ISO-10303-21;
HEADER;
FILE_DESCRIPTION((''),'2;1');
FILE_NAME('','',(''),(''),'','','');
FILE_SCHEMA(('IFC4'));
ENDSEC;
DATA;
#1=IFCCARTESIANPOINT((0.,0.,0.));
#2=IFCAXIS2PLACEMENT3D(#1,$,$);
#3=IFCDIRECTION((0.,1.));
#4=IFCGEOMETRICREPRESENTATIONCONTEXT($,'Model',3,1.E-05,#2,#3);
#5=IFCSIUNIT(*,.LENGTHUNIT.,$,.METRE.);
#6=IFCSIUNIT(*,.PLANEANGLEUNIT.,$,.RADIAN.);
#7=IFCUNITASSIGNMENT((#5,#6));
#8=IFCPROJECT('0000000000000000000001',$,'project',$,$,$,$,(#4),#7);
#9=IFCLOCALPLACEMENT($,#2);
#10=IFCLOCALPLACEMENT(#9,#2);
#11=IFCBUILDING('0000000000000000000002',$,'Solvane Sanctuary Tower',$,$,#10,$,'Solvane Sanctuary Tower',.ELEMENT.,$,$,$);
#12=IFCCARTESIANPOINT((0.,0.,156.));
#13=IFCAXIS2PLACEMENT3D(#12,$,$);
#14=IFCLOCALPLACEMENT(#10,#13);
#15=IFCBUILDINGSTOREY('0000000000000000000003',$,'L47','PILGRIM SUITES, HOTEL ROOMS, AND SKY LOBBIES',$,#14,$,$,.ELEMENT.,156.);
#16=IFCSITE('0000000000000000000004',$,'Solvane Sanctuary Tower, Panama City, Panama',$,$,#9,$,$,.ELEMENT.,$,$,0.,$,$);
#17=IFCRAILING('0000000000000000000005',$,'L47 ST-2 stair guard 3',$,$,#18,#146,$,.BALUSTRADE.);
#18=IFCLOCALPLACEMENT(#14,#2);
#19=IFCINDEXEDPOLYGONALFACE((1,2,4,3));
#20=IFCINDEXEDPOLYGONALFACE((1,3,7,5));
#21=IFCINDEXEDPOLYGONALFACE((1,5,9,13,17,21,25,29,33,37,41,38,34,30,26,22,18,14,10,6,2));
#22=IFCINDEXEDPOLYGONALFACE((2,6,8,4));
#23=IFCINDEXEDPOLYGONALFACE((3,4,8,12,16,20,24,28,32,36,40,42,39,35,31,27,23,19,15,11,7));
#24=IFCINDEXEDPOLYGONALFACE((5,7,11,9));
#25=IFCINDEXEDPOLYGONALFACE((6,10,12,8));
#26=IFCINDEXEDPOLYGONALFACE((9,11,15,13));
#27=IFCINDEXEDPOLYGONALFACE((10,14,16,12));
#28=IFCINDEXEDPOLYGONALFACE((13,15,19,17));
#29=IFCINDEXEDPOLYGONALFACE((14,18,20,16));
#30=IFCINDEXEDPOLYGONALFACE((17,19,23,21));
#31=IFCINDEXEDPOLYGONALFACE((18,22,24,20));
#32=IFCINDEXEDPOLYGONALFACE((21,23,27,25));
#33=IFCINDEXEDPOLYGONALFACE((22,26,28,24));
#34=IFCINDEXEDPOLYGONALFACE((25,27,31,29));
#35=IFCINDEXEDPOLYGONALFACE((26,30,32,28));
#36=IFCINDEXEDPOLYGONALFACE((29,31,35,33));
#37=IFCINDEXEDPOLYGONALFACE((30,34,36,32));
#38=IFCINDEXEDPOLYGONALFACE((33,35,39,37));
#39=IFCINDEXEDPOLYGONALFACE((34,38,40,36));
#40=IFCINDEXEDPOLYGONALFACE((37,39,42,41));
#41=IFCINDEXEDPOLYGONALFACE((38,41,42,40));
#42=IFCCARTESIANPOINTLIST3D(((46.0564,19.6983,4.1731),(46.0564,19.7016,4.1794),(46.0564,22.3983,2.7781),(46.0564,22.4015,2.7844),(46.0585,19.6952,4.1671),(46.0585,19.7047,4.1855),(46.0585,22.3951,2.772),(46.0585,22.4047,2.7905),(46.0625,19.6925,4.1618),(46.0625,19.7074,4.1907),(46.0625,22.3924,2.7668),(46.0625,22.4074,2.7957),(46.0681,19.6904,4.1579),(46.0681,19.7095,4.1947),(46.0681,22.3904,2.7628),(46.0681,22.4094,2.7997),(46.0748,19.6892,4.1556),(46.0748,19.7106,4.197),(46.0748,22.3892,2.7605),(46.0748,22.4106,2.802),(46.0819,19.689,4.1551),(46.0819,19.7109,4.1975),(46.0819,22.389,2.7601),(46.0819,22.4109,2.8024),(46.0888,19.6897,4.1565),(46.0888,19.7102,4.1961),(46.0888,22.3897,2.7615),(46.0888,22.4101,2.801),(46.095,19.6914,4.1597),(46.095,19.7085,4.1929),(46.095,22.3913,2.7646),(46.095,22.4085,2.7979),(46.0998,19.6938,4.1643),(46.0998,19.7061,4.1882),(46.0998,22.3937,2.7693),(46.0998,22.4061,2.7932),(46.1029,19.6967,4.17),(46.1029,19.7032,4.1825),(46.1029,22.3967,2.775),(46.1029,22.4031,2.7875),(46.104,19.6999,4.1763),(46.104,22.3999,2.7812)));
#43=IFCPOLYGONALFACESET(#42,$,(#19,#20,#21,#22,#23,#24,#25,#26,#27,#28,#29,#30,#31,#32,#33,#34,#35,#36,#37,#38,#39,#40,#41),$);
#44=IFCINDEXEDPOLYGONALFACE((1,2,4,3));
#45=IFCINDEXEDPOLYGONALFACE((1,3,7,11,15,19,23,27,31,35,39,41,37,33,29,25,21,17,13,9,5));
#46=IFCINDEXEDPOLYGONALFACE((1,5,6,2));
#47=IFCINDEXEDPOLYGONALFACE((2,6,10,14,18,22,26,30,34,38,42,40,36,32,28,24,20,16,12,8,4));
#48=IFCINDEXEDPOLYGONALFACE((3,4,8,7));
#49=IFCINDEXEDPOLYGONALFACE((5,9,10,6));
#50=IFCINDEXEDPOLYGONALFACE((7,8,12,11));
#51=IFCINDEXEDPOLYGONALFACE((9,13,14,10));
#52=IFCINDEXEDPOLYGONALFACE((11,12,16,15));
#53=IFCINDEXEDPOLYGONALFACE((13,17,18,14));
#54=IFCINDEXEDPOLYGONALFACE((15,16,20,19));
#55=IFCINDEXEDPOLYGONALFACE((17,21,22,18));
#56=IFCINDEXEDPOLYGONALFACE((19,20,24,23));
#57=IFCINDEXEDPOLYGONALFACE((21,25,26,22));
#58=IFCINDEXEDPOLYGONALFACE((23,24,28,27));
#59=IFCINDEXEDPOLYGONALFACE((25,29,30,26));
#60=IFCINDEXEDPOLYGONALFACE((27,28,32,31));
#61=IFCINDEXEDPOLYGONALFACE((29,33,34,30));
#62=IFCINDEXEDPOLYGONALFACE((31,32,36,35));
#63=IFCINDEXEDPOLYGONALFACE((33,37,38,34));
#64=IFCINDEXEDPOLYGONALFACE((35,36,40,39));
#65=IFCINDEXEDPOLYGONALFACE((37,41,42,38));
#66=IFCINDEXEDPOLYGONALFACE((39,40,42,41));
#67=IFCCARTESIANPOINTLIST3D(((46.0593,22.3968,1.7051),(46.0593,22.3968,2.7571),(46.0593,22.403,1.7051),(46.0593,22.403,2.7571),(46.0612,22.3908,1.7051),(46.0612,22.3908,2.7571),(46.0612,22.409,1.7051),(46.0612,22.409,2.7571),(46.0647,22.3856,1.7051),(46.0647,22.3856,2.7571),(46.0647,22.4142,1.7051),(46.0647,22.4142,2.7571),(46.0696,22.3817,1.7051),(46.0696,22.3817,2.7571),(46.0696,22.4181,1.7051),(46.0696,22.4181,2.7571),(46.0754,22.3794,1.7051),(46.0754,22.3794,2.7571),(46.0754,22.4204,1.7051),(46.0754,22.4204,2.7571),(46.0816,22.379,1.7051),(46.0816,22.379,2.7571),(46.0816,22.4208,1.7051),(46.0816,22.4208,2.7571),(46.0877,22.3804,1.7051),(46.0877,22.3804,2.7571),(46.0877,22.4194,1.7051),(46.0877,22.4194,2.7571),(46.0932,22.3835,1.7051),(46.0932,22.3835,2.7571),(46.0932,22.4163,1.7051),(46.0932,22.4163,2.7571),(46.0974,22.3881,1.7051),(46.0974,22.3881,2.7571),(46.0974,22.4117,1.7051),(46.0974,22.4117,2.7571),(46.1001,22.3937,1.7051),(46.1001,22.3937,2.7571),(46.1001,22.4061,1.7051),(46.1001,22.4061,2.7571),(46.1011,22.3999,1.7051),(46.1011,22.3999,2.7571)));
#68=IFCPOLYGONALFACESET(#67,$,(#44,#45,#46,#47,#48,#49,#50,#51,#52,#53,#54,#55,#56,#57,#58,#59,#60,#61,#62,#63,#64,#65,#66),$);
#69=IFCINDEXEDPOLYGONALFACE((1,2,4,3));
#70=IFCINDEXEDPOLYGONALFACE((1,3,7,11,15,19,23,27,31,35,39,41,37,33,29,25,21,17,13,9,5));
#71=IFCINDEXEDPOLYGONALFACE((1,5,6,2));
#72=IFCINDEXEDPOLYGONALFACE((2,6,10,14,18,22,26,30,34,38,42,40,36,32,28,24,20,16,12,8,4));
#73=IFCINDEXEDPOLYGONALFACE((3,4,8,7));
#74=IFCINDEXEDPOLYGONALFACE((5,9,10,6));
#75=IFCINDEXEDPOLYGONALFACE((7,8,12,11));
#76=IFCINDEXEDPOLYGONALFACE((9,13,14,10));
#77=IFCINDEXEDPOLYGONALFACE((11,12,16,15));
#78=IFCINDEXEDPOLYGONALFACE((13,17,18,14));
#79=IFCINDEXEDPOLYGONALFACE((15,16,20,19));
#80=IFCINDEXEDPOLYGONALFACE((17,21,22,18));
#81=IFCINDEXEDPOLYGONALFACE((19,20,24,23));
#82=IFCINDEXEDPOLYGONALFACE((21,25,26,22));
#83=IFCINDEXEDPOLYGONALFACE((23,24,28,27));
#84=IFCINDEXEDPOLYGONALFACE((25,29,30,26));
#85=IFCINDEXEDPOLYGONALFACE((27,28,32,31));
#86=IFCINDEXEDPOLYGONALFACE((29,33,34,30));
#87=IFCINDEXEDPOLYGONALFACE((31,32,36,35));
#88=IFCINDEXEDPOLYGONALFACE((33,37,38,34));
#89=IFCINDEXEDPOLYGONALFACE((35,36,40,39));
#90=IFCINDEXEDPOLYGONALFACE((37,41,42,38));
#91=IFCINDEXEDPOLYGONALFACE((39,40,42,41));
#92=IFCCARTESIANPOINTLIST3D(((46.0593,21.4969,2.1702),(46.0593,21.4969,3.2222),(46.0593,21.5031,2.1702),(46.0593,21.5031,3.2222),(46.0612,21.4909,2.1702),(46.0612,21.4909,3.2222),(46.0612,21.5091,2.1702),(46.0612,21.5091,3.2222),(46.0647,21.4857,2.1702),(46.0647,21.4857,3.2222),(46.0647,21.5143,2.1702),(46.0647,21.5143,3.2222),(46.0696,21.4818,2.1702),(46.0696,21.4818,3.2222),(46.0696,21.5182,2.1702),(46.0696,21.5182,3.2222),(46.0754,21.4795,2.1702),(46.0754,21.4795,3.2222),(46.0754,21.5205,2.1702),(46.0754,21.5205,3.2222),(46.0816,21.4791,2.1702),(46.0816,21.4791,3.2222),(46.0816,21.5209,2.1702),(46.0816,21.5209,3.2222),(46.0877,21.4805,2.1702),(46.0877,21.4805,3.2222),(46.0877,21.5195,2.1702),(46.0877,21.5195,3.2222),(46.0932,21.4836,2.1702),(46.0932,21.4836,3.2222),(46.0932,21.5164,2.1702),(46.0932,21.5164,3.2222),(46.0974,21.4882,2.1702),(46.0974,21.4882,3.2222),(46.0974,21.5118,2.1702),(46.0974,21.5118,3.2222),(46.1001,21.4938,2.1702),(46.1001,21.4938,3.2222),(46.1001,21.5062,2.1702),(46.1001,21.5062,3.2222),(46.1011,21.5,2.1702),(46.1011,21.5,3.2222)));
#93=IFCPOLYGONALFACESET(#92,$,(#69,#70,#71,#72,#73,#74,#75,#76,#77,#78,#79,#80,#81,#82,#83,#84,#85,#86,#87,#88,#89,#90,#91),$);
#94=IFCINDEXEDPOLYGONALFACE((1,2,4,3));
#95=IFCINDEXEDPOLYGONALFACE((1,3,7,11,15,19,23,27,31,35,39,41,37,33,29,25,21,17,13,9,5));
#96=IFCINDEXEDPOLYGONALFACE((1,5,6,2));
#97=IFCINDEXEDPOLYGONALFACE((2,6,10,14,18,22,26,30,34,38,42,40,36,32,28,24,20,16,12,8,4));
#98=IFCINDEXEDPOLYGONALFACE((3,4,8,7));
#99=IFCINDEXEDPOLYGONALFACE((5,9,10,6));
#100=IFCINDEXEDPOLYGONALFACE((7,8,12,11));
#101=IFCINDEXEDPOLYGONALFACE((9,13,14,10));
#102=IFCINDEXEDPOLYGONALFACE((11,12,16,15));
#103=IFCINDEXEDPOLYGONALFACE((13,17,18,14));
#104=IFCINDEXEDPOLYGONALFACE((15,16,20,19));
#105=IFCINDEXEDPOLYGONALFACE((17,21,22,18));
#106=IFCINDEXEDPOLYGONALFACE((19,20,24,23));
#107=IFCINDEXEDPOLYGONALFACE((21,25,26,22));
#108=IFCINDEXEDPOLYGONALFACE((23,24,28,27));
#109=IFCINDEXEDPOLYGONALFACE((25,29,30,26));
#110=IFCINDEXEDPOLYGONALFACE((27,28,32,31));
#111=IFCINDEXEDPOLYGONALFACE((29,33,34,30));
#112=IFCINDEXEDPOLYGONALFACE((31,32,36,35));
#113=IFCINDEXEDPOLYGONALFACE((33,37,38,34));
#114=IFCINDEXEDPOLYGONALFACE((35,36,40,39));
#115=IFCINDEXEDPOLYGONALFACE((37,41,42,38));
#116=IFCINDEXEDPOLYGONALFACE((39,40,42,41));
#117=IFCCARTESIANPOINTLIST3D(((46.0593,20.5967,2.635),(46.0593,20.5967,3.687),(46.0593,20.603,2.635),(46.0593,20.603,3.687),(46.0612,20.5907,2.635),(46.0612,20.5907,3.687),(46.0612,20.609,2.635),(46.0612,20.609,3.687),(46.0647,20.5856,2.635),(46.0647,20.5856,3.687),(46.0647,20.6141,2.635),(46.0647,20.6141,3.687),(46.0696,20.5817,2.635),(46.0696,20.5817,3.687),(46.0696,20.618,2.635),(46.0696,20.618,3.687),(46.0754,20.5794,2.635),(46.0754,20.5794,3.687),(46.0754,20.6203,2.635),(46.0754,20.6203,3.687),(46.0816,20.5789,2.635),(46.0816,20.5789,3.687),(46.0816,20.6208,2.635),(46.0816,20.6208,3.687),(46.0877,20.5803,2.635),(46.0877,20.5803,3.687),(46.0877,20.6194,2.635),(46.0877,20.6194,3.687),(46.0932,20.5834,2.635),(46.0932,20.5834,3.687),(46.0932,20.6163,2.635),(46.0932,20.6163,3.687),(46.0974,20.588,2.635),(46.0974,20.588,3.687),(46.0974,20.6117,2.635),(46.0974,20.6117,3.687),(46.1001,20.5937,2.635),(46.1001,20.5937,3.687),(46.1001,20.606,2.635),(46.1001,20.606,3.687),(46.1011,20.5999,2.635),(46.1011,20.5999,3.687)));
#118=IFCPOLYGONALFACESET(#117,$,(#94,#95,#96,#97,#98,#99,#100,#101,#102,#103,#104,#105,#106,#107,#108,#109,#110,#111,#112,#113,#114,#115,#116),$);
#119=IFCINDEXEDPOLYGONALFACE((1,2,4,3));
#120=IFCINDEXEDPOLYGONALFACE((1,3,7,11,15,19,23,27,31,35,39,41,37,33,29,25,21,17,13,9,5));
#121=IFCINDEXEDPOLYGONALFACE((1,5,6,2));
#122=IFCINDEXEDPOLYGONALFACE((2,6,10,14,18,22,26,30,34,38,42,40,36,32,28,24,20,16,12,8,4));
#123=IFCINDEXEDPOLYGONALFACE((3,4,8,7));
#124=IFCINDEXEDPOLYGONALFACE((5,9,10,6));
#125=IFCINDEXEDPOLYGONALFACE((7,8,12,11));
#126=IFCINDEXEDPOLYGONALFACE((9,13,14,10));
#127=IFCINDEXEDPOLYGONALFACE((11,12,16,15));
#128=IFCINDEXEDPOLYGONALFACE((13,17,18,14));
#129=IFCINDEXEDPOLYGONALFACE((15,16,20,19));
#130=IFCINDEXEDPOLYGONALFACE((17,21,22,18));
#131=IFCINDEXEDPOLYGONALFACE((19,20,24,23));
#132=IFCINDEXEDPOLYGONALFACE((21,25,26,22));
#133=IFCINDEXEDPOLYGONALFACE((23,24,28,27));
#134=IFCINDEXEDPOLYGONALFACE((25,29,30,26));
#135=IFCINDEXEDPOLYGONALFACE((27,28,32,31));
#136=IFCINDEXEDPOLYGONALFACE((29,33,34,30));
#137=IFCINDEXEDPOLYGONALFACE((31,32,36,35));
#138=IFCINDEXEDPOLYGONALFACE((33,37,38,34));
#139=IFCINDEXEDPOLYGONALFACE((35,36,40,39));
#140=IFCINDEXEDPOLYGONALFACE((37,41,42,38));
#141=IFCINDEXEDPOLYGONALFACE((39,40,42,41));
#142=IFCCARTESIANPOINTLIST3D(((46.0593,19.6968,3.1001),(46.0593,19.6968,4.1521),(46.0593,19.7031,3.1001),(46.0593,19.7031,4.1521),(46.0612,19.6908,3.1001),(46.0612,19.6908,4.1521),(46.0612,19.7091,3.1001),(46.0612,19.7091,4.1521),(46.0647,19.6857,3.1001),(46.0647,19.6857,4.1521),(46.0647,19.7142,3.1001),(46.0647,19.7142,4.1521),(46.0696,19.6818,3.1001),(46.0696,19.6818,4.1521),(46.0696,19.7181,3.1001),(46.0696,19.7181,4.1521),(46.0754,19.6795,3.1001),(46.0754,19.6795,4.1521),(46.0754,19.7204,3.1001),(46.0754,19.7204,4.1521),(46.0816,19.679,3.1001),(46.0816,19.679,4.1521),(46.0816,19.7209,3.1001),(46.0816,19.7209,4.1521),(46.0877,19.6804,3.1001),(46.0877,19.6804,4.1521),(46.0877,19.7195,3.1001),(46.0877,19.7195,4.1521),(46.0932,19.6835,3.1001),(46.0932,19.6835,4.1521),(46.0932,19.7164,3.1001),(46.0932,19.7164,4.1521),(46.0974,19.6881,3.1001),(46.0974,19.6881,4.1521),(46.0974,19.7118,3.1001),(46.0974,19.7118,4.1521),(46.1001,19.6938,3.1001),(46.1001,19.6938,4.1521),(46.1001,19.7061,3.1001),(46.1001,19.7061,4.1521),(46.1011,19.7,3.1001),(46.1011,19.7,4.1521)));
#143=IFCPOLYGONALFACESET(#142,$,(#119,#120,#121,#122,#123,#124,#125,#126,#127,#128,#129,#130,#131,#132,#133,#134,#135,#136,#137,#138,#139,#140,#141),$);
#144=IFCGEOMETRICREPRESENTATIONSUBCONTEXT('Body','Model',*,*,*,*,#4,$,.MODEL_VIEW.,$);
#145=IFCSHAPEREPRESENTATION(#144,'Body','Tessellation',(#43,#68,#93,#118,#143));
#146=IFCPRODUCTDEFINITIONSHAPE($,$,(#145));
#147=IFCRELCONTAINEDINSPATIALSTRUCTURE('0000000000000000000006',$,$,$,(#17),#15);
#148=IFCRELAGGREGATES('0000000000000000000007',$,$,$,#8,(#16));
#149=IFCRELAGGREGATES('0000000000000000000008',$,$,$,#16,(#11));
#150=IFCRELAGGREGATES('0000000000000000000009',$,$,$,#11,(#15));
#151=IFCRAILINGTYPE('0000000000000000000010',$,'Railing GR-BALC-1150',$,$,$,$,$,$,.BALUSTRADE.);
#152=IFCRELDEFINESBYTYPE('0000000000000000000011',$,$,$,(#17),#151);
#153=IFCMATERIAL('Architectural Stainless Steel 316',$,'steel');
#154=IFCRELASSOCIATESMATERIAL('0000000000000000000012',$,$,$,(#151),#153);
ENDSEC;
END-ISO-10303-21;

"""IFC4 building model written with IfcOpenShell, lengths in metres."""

from ifc_helpers import new_model, si_unit, direction, frame, origin, origin_2d, place, context, subcontext, project, spatial, circle, extrude, material, type_object, element, save


model = new_model("IFC4")

# Units and contexts
model_context = context("Model", 3, precision=1e-05, world=origin(), true_north=direction((0.0, 1.0)))
body_context = subcontext(model_context, "Body", "Model", "MODEL_VIEW")
ifc_project = project(units=[si_unit("LENGTHUNIT", "METRE"), si_unit("PLANEANGLEUNIT", "RADIAN")], contexts=[model_context])

# Site, building, storey
site_placement = place(None, origin())
site = spatial("IfcSite", under=ifc_project, at=site_placement, Name="Solvane Sanctuary Tower, Panama City, Panama", CompositionType="ELEMENT", RefElevation=0.0)
building_placement = place(site_placement, origin())
building = spatial("IfcBuilding", under=site, at=building_placement, Name="Solvane Sanctuary Tower", LongName="Solvane Sanctuary Tower", CompositionType="ELEMENT")
storey_placement = place(building_placement, frame((0.0, 0.0, 156.0)))
storey = spatial("IfcBuildingStorey", under=building, at=storey_placement, Name="L47", Description="PILGRIM SUITES, HOTEL ROOMS, AND SKY LOBBIES", CompositionType="ELEMENT", Elevation=156.0)

# Shared definitions
ifc_material_1 = material(Name="Architectural Stainless Steel 316", Category="steel")

# Railing
railing_type = type_object("IfcRailingType", Name="Railing GR-BALC-1150", PredefinedType="BALUSTRADE", material=ifc_material_1)
railing_1_placement = place(storey_placement, frame((46.0801, 22.3999, 1.7051)))
element("IfcRailing", 1, at=railing_1_placement, inside=storey, type_object=railing_type, Name="L47 ST-2 stair guard 3", PredefinedType="BALUSTRADE", context=body_context, shape_type="SweptSolid", body=[
    extrude(circle(Radius=0.0239, at=origin_2d()), frame((0.0, 0.0, 1.0762), z_axis=(0.0, -0.88842, 0.459032), x_axis=(1.0, 0.0, 0.0)), (0.0, 0.0, 1.0), 3.0391),
    extrude(circle(Radius=0.021, at=origin_2d()), origin(), (0.0, 0.0, 1.0), 1.052),
    extrude(circle(Radius=0.021, at=origin_2d()), frame((0.0, -0.8999, 0.4651)), (0.0, 0.0, 1.0), 1.052),
    extrude(circle(Radius=0.021, at=origin_2d()), frame((0.0, -1.8, 0.9299)), (0.0, 0.0, 1.0), 1.052),
    extrude(circle(Radius=0.021, at=origin_2d()), frame((0.0, -2.7, 1.395)), (0.0, 0.0, 1.0), 1.052),
])

save(model, "model.ifc")
